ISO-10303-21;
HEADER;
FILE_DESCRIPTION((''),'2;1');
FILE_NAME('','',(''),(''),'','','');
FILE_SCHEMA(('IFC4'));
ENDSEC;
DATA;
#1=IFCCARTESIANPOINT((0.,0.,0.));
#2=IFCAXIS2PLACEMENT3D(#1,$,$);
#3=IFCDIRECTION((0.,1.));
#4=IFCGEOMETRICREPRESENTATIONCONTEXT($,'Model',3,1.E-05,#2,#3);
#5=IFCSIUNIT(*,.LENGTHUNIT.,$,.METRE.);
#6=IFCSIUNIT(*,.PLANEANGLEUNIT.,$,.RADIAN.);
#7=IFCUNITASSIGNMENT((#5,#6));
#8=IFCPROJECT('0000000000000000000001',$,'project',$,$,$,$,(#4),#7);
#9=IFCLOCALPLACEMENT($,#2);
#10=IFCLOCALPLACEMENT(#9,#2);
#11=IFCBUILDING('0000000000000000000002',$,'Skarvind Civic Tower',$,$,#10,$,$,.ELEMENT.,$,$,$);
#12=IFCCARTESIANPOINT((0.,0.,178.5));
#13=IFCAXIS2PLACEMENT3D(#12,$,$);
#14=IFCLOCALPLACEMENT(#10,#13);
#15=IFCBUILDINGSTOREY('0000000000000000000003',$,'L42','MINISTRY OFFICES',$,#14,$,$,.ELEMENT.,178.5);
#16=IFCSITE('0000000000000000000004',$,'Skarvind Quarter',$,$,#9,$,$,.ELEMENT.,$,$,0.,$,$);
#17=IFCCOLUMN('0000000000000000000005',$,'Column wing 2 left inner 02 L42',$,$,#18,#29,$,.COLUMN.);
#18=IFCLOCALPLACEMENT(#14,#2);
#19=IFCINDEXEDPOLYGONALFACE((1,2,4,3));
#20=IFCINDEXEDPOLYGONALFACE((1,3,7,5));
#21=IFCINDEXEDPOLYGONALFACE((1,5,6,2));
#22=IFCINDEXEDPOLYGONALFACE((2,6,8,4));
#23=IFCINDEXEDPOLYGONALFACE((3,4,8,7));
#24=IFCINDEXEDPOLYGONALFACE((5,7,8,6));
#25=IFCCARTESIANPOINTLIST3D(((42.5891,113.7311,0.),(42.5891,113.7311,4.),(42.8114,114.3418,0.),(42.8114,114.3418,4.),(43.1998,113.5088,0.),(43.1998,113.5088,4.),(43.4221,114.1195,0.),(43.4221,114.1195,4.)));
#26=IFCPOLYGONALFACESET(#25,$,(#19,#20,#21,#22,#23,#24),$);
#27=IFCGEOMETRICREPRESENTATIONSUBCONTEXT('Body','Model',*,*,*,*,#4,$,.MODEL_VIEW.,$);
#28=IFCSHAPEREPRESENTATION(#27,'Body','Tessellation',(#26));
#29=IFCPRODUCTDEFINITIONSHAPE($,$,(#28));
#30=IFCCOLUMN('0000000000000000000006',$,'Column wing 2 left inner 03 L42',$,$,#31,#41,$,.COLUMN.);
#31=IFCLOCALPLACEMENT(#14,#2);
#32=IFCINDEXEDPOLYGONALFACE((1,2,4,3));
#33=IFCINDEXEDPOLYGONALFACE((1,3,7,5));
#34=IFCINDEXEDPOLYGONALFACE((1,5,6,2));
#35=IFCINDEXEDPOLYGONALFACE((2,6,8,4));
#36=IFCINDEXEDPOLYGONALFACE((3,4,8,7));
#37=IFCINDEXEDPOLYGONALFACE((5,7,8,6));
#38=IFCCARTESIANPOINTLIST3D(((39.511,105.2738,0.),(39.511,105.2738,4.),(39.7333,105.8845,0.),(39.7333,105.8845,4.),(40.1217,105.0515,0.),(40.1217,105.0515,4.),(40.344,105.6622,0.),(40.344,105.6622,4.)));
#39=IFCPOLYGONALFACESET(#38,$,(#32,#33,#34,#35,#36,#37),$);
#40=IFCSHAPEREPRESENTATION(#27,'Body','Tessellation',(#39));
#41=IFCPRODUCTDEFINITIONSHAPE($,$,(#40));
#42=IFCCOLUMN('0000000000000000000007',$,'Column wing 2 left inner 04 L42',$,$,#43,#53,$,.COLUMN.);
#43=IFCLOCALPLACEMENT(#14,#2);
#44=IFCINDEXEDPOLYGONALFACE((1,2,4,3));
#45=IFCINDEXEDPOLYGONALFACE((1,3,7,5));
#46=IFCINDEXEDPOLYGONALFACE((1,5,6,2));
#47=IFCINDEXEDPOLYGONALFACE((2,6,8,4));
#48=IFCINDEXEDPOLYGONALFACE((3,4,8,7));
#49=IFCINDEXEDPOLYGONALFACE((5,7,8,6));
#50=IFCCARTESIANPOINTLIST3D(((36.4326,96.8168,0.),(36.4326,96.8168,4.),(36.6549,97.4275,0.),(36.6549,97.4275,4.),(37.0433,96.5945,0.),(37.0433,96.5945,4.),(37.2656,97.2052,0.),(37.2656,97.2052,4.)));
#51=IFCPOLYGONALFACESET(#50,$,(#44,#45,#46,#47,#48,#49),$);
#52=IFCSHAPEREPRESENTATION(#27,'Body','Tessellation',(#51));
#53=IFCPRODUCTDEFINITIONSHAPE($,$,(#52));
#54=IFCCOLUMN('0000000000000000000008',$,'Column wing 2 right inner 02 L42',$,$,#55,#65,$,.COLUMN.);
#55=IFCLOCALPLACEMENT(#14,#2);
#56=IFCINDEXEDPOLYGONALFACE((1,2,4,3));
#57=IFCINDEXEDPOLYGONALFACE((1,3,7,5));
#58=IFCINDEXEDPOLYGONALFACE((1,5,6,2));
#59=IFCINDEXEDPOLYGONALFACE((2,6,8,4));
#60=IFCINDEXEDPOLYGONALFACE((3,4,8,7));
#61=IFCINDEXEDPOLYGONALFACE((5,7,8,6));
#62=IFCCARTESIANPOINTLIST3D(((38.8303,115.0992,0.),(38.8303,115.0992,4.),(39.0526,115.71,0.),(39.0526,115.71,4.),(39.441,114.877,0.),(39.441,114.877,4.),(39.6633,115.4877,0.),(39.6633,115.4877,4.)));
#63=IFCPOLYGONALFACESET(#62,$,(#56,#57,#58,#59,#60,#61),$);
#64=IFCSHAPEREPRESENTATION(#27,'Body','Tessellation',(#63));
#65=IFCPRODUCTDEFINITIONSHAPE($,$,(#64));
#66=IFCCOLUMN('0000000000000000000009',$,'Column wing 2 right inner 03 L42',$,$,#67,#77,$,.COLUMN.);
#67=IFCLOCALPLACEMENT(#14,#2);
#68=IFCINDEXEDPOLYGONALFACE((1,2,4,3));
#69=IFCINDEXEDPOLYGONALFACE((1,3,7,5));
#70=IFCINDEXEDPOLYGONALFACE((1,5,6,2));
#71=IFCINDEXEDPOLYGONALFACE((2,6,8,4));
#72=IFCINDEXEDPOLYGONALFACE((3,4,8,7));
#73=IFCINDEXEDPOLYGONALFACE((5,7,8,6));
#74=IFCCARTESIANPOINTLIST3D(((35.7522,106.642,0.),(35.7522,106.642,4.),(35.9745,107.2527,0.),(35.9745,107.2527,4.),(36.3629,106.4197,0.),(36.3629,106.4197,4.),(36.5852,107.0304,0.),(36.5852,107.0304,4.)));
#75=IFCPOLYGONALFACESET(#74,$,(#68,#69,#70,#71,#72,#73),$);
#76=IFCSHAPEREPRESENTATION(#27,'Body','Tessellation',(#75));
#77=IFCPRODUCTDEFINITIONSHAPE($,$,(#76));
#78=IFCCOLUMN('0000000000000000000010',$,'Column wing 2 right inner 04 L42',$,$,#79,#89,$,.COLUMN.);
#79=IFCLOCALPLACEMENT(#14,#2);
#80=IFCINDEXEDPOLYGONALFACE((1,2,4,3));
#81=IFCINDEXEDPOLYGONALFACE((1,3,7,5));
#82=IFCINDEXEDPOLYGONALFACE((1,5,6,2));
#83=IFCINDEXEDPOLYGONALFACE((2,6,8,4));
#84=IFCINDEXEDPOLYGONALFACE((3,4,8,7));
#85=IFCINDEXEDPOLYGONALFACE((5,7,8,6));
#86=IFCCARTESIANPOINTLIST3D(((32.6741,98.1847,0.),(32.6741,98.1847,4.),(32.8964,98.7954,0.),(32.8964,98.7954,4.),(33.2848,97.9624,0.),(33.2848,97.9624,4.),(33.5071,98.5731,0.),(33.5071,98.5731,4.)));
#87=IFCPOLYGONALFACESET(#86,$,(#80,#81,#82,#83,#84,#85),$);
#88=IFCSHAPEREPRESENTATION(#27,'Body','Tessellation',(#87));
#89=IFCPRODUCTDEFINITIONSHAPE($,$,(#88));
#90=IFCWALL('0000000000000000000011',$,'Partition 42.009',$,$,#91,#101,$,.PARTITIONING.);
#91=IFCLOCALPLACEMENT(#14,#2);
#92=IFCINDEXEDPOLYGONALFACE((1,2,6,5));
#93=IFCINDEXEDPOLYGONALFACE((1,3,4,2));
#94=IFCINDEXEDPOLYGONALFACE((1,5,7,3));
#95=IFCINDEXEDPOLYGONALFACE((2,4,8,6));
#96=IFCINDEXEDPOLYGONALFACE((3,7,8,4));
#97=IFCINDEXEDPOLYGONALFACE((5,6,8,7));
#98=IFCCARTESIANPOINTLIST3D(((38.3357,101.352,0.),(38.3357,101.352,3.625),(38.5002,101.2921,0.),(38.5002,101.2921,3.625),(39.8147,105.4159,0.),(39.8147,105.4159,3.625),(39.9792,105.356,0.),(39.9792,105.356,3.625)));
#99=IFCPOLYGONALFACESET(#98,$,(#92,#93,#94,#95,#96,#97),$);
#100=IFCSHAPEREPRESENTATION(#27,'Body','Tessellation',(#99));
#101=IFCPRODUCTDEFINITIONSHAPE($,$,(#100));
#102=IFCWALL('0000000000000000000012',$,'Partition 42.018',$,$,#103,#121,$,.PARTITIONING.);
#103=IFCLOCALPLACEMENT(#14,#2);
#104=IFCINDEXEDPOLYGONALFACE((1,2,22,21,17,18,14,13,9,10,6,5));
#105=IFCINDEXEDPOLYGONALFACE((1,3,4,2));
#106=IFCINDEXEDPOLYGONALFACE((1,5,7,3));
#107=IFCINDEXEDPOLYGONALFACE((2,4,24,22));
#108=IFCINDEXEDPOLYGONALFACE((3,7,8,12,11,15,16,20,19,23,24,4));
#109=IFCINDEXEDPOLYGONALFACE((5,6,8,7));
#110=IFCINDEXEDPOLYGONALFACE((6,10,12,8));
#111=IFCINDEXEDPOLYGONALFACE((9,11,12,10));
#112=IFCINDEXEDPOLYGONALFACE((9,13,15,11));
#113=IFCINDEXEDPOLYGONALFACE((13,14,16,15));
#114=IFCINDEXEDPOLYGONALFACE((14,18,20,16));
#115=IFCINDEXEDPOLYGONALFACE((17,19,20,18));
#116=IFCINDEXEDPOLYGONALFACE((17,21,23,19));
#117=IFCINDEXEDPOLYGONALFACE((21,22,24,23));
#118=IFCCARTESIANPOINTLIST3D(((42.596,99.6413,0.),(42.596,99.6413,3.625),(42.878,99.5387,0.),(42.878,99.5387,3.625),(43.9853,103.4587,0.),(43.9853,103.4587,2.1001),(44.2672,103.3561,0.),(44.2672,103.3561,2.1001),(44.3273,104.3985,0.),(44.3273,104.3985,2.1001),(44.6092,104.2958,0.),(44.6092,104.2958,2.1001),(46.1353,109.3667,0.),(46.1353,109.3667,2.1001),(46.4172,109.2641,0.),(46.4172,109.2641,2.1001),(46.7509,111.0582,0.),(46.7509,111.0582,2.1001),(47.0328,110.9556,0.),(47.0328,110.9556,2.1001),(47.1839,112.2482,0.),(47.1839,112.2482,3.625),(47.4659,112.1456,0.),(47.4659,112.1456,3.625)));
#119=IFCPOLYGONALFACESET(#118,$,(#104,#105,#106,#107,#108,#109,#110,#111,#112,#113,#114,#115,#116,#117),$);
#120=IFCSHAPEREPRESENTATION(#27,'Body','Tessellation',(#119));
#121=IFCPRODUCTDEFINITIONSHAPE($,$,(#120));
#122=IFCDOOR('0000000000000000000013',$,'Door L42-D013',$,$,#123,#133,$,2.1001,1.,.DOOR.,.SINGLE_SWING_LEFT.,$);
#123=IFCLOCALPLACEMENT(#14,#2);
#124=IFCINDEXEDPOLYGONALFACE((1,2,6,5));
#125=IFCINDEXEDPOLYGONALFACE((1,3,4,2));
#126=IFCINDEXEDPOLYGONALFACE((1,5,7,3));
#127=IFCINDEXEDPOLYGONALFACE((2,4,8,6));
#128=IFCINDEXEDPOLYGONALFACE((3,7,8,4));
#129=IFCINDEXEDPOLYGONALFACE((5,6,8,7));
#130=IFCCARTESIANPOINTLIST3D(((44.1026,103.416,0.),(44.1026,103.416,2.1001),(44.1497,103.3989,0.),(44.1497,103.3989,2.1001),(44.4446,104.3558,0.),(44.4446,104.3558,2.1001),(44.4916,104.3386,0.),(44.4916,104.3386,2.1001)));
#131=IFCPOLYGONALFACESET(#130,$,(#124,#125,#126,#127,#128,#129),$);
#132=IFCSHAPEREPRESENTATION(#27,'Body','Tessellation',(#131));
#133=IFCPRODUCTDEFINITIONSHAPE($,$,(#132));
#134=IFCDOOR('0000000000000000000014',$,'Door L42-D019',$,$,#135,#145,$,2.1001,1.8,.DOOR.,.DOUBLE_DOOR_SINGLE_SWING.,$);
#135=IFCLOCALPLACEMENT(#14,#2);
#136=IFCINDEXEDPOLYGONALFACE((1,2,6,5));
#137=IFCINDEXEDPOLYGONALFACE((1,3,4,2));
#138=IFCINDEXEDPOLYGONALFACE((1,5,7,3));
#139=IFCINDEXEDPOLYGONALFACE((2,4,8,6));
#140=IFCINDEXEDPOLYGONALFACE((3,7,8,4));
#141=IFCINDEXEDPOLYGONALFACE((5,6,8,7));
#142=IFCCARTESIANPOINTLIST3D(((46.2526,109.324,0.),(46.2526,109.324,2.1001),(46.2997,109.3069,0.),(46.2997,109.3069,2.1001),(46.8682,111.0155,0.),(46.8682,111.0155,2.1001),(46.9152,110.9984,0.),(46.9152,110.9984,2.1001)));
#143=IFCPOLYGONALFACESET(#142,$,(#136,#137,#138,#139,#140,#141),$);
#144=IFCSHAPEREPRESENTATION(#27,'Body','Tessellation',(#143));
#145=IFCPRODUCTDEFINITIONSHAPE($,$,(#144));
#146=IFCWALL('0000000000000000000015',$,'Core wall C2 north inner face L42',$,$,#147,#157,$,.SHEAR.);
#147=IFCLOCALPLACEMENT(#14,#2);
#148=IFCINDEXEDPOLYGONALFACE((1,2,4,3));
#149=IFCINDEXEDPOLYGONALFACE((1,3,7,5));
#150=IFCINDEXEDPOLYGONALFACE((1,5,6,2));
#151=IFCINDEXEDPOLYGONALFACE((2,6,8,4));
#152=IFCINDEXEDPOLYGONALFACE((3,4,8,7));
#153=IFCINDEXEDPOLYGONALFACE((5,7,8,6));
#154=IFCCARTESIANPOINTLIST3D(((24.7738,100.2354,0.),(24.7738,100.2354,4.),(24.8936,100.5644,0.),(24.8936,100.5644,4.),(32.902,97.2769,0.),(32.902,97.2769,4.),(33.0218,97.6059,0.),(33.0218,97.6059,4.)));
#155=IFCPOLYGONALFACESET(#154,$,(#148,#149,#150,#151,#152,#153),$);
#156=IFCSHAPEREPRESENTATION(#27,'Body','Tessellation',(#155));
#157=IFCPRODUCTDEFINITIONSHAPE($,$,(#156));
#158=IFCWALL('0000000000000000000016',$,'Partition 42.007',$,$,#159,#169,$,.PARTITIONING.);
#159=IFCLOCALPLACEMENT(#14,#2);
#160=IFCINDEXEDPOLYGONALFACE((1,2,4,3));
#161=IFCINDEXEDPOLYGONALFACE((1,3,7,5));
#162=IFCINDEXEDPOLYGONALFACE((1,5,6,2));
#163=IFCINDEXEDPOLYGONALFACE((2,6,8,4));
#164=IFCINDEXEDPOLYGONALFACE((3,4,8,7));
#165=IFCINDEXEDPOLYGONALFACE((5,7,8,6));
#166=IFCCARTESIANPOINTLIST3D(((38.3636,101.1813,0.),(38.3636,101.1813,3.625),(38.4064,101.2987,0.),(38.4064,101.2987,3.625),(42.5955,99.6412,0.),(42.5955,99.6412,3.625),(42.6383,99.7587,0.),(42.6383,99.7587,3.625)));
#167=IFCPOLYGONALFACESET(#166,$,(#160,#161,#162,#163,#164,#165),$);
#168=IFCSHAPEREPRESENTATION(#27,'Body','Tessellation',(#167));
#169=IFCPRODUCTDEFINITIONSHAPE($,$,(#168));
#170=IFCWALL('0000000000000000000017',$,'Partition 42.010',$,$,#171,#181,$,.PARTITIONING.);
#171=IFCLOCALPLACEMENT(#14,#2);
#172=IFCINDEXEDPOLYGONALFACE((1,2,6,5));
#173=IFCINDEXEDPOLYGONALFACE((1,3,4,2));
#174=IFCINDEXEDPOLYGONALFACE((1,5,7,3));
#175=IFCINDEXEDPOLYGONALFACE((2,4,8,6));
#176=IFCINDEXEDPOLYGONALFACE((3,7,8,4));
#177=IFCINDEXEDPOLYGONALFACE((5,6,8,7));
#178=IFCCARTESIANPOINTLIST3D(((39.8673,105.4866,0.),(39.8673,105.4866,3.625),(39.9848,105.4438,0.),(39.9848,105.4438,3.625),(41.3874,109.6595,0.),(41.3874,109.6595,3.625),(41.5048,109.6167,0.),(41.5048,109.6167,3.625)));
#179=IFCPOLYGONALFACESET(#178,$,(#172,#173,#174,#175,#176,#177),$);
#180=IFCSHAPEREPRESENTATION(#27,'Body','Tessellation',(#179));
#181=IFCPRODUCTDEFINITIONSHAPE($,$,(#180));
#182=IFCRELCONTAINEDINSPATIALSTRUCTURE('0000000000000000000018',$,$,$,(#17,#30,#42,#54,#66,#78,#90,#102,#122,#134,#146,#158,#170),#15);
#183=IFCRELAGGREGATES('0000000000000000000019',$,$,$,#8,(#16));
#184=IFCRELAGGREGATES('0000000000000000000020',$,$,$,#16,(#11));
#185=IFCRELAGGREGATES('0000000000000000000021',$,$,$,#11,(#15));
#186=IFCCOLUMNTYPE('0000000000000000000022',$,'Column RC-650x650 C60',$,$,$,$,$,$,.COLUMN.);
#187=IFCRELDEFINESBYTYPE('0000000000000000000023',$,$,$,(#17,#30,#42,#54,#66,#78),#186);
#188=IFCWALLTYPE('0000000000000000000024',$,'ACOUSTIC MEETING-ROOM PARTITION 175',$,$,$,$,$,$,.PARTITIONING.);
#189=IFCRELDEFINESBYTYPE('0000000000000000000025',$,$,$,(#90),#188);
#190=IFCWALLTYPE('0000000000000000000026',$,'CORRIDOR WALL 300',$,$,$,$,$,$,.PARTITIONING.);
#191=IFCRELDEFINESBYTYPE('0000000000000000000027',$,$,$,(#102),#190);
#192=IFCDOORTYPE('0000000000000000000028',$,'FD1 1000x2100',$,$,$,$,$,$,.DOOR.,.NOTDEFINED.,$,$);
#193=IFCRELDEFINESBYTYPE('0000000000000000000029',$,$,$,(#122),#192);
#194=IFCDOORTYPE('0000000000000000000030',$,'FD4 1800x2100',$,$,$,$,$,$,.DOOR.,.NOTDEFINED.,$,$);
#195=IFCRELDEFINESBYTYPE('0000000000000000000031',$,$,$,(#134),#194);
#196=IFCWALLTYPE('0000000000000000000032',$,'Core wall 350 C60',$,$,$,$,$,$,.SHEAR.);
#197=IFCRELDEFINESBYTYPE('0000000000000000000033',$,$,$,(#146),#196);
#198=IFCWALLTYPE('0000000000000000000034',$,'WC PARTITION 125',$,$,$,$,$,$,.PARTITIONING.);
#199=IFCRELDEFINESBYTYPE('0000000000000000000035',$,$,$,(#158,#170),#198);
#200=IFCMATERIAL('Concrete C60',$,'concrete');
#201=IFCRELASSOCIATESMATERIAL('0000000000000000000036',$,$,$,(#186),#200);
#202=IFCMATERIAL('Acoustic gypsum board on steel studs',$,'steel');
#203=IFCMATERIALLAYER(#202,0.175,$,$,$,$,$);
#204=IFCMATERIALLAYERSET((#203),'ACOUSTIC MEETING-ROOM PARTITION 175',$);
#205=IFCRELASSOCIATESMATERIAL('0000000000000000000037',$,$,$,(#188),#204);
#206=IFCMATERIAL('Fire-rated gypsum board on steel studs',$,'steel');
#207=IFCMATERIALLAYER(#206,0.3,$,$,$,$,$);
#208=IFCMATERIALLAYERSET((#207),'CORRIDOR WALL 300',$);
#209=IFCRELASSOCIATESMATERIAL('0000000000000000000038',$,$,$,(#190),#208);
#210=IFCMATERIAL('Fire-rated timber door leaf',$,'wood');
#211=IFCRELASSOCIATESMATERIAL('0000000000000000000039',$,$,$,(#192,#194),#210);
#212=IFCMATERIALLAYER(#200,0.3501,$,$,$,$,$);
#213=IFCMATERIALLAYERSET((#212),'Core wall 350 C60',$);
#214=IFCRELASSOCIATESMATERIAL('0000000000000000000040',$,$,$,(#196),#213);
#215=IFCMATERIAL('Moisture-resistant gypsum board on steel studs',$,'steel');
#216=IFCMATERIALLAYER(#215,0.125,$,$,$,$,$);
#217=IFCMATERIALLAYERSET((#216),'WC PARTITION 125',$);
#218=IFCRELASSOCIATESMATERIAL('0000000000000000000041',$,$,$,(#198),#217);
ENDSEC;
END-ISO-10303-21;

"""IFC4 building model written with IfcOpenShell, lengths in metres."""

from ifc_helpers import new_model, si_unit, direction, frame, frame_2d, origin, origin_2d, place, context, subcontext, project, spatial, rectangle, extrude, material, layer, layer_set, material_profile, profile_set, type_object, element, fill, save


model = new_model("IFC4")

# Units and contexts
model_context = context("Model", 3, precision=1e-05, world=origin(), true_north=direction((0.0, 1.0)))
body_context = subcontext(model_context, "Body", "Model", "MODEL_VIEW")
ifc_project = project(units=[si_unit("LENGTHUNIT", "METRE"), si_unit("PLANEANGLEUNIT", "RADIAN")], contexts=[model_context])

# Site, building, storey
site_placement = place(None, origin())
site = spatial("IfcSite", under=ifc_project, at=site_placement, Name="Skarvind Quarter", CompositionType="ELEMENT", RefElevation=0.0)
building_placement = place(site_placement, origin())
building = spatial("IfcBuilding", under=site, at=building_placement, Name="Skarvind Civic Tower", CompositionType="ELEMENT")
storey_placement = place(building_placement, frame((0.0, 0.0, 178.5)))
storey = spatial("IfcBuildingStorey", under=building, at=storey_placement, Name="L42", Description="MINISTRY OFFICES", CompositionType="ELEMENT", Elevation=178.5)

# Columns
ifc_material_1 = material(Name="Concrete C60", Category="concrete")
ifc_material_profile = material_profile(ifc_material_1, rectangle(XDim=0.6499, YDim=0.6499, at=origin_2d()), Name="RC-650x650")
ifc_profile_set = profile_set([ifc_material_profile], Name="Concrete C60")
column_type = type_object("IfcColumnType", Name="Column RC-650x650 C60", PredefinedType="COLUMN", material=ifc_profile_set)
for number, where, z_axis, x_axis, name in (
    (1, (43.0056, 113.9253, 0.0), (0.0, 0.0, 1.0), (-0.34202, -0.939693, 0.0), "Column wing 2 left inner 02 L42"),
    (2, (39.9275, 105.468, 0.0), (0.0, 0.0, 1.0), (-0.34202, -0.939693, 0.0), "Column wing 2 left inner 03 L42"),
    (3, (36.8491, 97.011, 0.0), (0.0, 0.0, 1.0), (-0.34202, -0.939693, 0.0), "Column wing 2 left inner 04 L42"),
    (4, (39.2468, 115.2935, 0.0), (0.0, 0.0, 1.0), (-0.34202, -0.939693, 0.0), "Column wing 2 right inner 02 L42"),
    (5, (36.1687, 106.8362, 0.0), (0.0, 0.0, 1.0), (-0.34202, -0.939693, 0.0), "Column wing 2 right inner 03 L42"),
    (6, (33.0906, 98.3789, 0.0), (0.0, 0.0, 1.0), (-0.34202, -0.939693, 0.0), "Column wing 2 right inner 04 L42"),
):
    element("IfcColumn", number, at=place(storey_placement, frame(where, z_axis=z_axis, x_axis=x_axis)), inside=storey, type_object=column_type, Name=name, PredefinedType="COLUMN", context=body_context, shape_type="SweptSolid", body=[
        extrude(rectangle(XDim=0.6499, YDim=0.6499, at=origin_2d()), origin(), (0.0, 0.0, 1.0), 4.0),
    ])

# Wall
ifc_material_2 = material(Name="Acoustic gypsum board on steel studs", Category="steel")
ifc_layer_1 = layer(ifc_material_2, 0.175)
ifc_layer_set_1 = layer_set([ifc_layer_1], Name="ACOUSTIC MEETING-ROOM PARTITION 175")
wall_type_1 = type_object("IfcWallType", Name="ACOUSTIC MEETING-ROOM PARTITION 175", PredefinedType="PARTITIONING", material=ifc_layer_set_1)
wall_1_placement = place(storey_placement, frame((38.418, 101.322, 0.0), z_axis=(0.0, 0.0, 1.0), x_axis=(0.341988, 0.939704, 0.0)))
element("IfcWall", 7, at=wall_1_placement, inside=storey, type_object=wall_type_1, Name="Partition 42.009", PredefinedType="PARTITIONING", context=body_context, shape_type="SweptSolid", body=[
    extrude(rectangle(XDim=4.3247, YDim=0.175, at=frame_2d((2.1624, 0.0))), origin(), (0.0, 0.0, 1.0), 3.625),
])

# Wall, openings, doors
ifc_material_3 = material(Name="Fire-rated gypsum board on steel studs", Category="steel")
ifc_layer_2 = layer(ifc_material_3, 0.3)
ifc_layer_set_2 = layer_set([ifc_layer_2], Name="CORRIDOR WALL 300")
wall_type_2 = type_object("IfcWallType", Name="CORRIDOR WALL 300", PredefinedType="PARTITIONING", material=ifc_layer_set_2)
wall_2_placement = place(storey_placement, frame((47.325, 112.197, 0.0), z_axis=(0.0, 0.0, 1.0), x_axis=(-0.341977, -0.939708, 0.0)))
wall_2 = element("IfcWall", 8, at=wall_2_placement, inside=storey, type_object=wall_type_2, Name="Partition 42.018", PredefinedType="PARTITIONING", context=body_context, shape_type="SweptSolid", body=[
    extrude(rectangle(XDim=13.4158, YDim=0.3, at=frame_2d((6.708, 0.0))), origin(), (0.0, 0.0, 1.0), 3.625),
])
opening_1_placement = place(wall_2_placement, frame((8.3535, 0.0, 0.0)))
opening_1 = element("IfcOpeningElement", 9, at=opening_1_placement, cuts=wall_2, PredefinedType="OPENING", context=body_context, shape_type="SweptSolid", body=[
    extrude(rectangle(XDim=1.0, YDim=2.1001, at=frame_2d((0.5, 1.05))), frame((0.0, 0.1599, 0.0), z_axis=(0.0, -1.0, 0.0), x_axis=(1.0, 0.0, 0.0)), (0.0, 0.0, 1.0), 0.3201),
])
opening_2_placement = place(wall_2_placement, frame((1.2666, 0.0, 0.0)))
opening_2 = element("IfcOpeningElement", 10, at=opening_2_placement, cuts=wall_2, PredefinedType="OPENING", context=body_context, shape_type="SweptSolid", body=[
    extrude(rectangle(XDim=1.8, YDim=2.1001, at=frame_2d((0.8999, 1.05))), frame((0.0, 0.1599, 0.0), z_axis=(0.0, -1.0, 0.0), x_axis=(1.0, 0.0, 0.0)), (0.0, 0.0, 1.0), 0.3201),
])
ifc_material_4 = material(Name="Fire-rated timber door leaf", Category="wood")
door_type_1 = type_object("IfcDoorType", Name="FD1 1000x2100", OperationType="NOTDEFINED", PredefinedType="DOOR", material=ifc_material_4)
door_1_placement = place(opening_1_placement, origin())
door_1 = element("IfcDoor", 11, at=door_1_placement, inside=storey, type_object=door_type_1, Name="Door L42-D013", OperationType="SINGLE_SWING_LEFT", OverallHeight=2.1001, OverallWidth=1.0, PredefinedType="DOOR", context=body_context, shape_type="SweptSolid", body=[
    extrude(rectangle(XDim=1.0, YDim=2.1001, at=frame_2d((0.5, 1.05))), frame((0.0, 0.0249, 0.0), z_axis=(0.0, -1.0, 0.0), x_axis=(1.0, 0.0, 0.0)), (0.0, 0.0, 1.0), 0.05),
])
fill(opening_1, door_1)
door_type_2 = type_object("IfcDoorType", Name="FD4 1800x2100", OperationType="NOTDEFINED", PredefinedType="DOOR", material=ifc_material_4)
door_2_placement = place(opening_2_placement, origin())
door_2 = element("IfcDoor", 12, at=door_2_placement, inside=storey, type_object=door_type_2, Name="Door L42-D019", OperationType="DOUBLE_DOOR_SINGLE_SWING", OverallHeight=2.1001, OverallWidth=1.8, PredefinedType="DOOR", context=body_context, shape_type="SweptSolid", body=[
    extrude(rectangle(XDim=1.8, YDim=2.1001, at=frame_2d((0.8999, 1.05))), frame((0.0, 0.0249, 0.0), z_axis=(0.0, -1.0, 0.0), x_axis=(1.0, 0.0, 0.0)), (0.0, 0.0, 1.0), 0.05),
])
fill(opening_2, door_2)

# Walls
ifc_layer_3 = layer(ifc_material_1, 0.3501)
ifc_layer_set_3 = layer_set([ifc_layer_3], Name="Core wall 350 C60")
wall_type_3 = type_object("IfcWallType", Name="Core wall 350 C60", PredefinedType="SHEAR", material=ifc_layer_set_3)
wall_3_placement = place(storey_placement, frame((32.9619, 97.4414, 0.0), z_axis=(0.0, 0.0, 1.0), x_axis=(-0.93969, 0.342029, 0.0)))
element("IfcWall", 13, at=wall_3_placement, inside=storey, type_object=wall_type_3, Name="Core wall C2 north inner face L42", PredefinedType="SHEAR", context=body_context, shape_type="SweptSolid", body=[
    extrude(rectangle(XDim=8.6499, YDim=0.3501, at=frame_2d((4.325, 0.0))), origin(), (0.0, 0.0, 1.0), 4.0),
])
ifc_material_5 = material(Name="Moisture-resistant gypsum board on steel studs", Category="steel")
ifc_layer_4 = layer(ifc_material_5, 0.125)
ifc_layer_set_4 = layer_set([ifc_layer_4], Name="WC PARTITION 125")
wall_type_4 = type_object("IfcWallType", Name="WC PARTITION 125", PredefinedType="PARTITIONING", material=ifc_layer_set_4)
wall_4_placement = place(storey_placement, frame((38.385, 101.24, 0.0), z_axis=(0.0, 0.0, 1.0), x_axis=(0.939711, -0.341969, 0.0)))
element("IfcWall", 14, at=wall_4_placement, inside=storey, type_object=wall_type_4, Name="Partition 42.007", PredefinedType="PARTITIONING", context=body_context, shape_type="SweptSolid", body=[
    extrude(rectangle(XDim=4.5034, YDim=0.125, at=frame_2d((2.2517, 0.0))), origin(), (0.0, 0.0, 1.0), 3.625),
])
wall_5_placement = place(storey_placement, frame((39.926, 105.4651, 0.0), z_axis=(0.0, 0.0, 1.0), x_axis=(0.342264, 0.939604, 0.0)))
element("IfcWall", 15, at=wall_5_placement, inside=storey, type_object=wall_type_4, Name="Partition 42.010", PredefinedType="PARTITIONING", context=body_context, shape_type="SweptSolid", body=[
    extrude(rectangle(XDim=4.4412, YDim=0.125, at=frame_2d((2.2207, 0.0))), origin(), (0.0, 0.0, 1.0), 3.625),
])

save(model, "model.ifc")
